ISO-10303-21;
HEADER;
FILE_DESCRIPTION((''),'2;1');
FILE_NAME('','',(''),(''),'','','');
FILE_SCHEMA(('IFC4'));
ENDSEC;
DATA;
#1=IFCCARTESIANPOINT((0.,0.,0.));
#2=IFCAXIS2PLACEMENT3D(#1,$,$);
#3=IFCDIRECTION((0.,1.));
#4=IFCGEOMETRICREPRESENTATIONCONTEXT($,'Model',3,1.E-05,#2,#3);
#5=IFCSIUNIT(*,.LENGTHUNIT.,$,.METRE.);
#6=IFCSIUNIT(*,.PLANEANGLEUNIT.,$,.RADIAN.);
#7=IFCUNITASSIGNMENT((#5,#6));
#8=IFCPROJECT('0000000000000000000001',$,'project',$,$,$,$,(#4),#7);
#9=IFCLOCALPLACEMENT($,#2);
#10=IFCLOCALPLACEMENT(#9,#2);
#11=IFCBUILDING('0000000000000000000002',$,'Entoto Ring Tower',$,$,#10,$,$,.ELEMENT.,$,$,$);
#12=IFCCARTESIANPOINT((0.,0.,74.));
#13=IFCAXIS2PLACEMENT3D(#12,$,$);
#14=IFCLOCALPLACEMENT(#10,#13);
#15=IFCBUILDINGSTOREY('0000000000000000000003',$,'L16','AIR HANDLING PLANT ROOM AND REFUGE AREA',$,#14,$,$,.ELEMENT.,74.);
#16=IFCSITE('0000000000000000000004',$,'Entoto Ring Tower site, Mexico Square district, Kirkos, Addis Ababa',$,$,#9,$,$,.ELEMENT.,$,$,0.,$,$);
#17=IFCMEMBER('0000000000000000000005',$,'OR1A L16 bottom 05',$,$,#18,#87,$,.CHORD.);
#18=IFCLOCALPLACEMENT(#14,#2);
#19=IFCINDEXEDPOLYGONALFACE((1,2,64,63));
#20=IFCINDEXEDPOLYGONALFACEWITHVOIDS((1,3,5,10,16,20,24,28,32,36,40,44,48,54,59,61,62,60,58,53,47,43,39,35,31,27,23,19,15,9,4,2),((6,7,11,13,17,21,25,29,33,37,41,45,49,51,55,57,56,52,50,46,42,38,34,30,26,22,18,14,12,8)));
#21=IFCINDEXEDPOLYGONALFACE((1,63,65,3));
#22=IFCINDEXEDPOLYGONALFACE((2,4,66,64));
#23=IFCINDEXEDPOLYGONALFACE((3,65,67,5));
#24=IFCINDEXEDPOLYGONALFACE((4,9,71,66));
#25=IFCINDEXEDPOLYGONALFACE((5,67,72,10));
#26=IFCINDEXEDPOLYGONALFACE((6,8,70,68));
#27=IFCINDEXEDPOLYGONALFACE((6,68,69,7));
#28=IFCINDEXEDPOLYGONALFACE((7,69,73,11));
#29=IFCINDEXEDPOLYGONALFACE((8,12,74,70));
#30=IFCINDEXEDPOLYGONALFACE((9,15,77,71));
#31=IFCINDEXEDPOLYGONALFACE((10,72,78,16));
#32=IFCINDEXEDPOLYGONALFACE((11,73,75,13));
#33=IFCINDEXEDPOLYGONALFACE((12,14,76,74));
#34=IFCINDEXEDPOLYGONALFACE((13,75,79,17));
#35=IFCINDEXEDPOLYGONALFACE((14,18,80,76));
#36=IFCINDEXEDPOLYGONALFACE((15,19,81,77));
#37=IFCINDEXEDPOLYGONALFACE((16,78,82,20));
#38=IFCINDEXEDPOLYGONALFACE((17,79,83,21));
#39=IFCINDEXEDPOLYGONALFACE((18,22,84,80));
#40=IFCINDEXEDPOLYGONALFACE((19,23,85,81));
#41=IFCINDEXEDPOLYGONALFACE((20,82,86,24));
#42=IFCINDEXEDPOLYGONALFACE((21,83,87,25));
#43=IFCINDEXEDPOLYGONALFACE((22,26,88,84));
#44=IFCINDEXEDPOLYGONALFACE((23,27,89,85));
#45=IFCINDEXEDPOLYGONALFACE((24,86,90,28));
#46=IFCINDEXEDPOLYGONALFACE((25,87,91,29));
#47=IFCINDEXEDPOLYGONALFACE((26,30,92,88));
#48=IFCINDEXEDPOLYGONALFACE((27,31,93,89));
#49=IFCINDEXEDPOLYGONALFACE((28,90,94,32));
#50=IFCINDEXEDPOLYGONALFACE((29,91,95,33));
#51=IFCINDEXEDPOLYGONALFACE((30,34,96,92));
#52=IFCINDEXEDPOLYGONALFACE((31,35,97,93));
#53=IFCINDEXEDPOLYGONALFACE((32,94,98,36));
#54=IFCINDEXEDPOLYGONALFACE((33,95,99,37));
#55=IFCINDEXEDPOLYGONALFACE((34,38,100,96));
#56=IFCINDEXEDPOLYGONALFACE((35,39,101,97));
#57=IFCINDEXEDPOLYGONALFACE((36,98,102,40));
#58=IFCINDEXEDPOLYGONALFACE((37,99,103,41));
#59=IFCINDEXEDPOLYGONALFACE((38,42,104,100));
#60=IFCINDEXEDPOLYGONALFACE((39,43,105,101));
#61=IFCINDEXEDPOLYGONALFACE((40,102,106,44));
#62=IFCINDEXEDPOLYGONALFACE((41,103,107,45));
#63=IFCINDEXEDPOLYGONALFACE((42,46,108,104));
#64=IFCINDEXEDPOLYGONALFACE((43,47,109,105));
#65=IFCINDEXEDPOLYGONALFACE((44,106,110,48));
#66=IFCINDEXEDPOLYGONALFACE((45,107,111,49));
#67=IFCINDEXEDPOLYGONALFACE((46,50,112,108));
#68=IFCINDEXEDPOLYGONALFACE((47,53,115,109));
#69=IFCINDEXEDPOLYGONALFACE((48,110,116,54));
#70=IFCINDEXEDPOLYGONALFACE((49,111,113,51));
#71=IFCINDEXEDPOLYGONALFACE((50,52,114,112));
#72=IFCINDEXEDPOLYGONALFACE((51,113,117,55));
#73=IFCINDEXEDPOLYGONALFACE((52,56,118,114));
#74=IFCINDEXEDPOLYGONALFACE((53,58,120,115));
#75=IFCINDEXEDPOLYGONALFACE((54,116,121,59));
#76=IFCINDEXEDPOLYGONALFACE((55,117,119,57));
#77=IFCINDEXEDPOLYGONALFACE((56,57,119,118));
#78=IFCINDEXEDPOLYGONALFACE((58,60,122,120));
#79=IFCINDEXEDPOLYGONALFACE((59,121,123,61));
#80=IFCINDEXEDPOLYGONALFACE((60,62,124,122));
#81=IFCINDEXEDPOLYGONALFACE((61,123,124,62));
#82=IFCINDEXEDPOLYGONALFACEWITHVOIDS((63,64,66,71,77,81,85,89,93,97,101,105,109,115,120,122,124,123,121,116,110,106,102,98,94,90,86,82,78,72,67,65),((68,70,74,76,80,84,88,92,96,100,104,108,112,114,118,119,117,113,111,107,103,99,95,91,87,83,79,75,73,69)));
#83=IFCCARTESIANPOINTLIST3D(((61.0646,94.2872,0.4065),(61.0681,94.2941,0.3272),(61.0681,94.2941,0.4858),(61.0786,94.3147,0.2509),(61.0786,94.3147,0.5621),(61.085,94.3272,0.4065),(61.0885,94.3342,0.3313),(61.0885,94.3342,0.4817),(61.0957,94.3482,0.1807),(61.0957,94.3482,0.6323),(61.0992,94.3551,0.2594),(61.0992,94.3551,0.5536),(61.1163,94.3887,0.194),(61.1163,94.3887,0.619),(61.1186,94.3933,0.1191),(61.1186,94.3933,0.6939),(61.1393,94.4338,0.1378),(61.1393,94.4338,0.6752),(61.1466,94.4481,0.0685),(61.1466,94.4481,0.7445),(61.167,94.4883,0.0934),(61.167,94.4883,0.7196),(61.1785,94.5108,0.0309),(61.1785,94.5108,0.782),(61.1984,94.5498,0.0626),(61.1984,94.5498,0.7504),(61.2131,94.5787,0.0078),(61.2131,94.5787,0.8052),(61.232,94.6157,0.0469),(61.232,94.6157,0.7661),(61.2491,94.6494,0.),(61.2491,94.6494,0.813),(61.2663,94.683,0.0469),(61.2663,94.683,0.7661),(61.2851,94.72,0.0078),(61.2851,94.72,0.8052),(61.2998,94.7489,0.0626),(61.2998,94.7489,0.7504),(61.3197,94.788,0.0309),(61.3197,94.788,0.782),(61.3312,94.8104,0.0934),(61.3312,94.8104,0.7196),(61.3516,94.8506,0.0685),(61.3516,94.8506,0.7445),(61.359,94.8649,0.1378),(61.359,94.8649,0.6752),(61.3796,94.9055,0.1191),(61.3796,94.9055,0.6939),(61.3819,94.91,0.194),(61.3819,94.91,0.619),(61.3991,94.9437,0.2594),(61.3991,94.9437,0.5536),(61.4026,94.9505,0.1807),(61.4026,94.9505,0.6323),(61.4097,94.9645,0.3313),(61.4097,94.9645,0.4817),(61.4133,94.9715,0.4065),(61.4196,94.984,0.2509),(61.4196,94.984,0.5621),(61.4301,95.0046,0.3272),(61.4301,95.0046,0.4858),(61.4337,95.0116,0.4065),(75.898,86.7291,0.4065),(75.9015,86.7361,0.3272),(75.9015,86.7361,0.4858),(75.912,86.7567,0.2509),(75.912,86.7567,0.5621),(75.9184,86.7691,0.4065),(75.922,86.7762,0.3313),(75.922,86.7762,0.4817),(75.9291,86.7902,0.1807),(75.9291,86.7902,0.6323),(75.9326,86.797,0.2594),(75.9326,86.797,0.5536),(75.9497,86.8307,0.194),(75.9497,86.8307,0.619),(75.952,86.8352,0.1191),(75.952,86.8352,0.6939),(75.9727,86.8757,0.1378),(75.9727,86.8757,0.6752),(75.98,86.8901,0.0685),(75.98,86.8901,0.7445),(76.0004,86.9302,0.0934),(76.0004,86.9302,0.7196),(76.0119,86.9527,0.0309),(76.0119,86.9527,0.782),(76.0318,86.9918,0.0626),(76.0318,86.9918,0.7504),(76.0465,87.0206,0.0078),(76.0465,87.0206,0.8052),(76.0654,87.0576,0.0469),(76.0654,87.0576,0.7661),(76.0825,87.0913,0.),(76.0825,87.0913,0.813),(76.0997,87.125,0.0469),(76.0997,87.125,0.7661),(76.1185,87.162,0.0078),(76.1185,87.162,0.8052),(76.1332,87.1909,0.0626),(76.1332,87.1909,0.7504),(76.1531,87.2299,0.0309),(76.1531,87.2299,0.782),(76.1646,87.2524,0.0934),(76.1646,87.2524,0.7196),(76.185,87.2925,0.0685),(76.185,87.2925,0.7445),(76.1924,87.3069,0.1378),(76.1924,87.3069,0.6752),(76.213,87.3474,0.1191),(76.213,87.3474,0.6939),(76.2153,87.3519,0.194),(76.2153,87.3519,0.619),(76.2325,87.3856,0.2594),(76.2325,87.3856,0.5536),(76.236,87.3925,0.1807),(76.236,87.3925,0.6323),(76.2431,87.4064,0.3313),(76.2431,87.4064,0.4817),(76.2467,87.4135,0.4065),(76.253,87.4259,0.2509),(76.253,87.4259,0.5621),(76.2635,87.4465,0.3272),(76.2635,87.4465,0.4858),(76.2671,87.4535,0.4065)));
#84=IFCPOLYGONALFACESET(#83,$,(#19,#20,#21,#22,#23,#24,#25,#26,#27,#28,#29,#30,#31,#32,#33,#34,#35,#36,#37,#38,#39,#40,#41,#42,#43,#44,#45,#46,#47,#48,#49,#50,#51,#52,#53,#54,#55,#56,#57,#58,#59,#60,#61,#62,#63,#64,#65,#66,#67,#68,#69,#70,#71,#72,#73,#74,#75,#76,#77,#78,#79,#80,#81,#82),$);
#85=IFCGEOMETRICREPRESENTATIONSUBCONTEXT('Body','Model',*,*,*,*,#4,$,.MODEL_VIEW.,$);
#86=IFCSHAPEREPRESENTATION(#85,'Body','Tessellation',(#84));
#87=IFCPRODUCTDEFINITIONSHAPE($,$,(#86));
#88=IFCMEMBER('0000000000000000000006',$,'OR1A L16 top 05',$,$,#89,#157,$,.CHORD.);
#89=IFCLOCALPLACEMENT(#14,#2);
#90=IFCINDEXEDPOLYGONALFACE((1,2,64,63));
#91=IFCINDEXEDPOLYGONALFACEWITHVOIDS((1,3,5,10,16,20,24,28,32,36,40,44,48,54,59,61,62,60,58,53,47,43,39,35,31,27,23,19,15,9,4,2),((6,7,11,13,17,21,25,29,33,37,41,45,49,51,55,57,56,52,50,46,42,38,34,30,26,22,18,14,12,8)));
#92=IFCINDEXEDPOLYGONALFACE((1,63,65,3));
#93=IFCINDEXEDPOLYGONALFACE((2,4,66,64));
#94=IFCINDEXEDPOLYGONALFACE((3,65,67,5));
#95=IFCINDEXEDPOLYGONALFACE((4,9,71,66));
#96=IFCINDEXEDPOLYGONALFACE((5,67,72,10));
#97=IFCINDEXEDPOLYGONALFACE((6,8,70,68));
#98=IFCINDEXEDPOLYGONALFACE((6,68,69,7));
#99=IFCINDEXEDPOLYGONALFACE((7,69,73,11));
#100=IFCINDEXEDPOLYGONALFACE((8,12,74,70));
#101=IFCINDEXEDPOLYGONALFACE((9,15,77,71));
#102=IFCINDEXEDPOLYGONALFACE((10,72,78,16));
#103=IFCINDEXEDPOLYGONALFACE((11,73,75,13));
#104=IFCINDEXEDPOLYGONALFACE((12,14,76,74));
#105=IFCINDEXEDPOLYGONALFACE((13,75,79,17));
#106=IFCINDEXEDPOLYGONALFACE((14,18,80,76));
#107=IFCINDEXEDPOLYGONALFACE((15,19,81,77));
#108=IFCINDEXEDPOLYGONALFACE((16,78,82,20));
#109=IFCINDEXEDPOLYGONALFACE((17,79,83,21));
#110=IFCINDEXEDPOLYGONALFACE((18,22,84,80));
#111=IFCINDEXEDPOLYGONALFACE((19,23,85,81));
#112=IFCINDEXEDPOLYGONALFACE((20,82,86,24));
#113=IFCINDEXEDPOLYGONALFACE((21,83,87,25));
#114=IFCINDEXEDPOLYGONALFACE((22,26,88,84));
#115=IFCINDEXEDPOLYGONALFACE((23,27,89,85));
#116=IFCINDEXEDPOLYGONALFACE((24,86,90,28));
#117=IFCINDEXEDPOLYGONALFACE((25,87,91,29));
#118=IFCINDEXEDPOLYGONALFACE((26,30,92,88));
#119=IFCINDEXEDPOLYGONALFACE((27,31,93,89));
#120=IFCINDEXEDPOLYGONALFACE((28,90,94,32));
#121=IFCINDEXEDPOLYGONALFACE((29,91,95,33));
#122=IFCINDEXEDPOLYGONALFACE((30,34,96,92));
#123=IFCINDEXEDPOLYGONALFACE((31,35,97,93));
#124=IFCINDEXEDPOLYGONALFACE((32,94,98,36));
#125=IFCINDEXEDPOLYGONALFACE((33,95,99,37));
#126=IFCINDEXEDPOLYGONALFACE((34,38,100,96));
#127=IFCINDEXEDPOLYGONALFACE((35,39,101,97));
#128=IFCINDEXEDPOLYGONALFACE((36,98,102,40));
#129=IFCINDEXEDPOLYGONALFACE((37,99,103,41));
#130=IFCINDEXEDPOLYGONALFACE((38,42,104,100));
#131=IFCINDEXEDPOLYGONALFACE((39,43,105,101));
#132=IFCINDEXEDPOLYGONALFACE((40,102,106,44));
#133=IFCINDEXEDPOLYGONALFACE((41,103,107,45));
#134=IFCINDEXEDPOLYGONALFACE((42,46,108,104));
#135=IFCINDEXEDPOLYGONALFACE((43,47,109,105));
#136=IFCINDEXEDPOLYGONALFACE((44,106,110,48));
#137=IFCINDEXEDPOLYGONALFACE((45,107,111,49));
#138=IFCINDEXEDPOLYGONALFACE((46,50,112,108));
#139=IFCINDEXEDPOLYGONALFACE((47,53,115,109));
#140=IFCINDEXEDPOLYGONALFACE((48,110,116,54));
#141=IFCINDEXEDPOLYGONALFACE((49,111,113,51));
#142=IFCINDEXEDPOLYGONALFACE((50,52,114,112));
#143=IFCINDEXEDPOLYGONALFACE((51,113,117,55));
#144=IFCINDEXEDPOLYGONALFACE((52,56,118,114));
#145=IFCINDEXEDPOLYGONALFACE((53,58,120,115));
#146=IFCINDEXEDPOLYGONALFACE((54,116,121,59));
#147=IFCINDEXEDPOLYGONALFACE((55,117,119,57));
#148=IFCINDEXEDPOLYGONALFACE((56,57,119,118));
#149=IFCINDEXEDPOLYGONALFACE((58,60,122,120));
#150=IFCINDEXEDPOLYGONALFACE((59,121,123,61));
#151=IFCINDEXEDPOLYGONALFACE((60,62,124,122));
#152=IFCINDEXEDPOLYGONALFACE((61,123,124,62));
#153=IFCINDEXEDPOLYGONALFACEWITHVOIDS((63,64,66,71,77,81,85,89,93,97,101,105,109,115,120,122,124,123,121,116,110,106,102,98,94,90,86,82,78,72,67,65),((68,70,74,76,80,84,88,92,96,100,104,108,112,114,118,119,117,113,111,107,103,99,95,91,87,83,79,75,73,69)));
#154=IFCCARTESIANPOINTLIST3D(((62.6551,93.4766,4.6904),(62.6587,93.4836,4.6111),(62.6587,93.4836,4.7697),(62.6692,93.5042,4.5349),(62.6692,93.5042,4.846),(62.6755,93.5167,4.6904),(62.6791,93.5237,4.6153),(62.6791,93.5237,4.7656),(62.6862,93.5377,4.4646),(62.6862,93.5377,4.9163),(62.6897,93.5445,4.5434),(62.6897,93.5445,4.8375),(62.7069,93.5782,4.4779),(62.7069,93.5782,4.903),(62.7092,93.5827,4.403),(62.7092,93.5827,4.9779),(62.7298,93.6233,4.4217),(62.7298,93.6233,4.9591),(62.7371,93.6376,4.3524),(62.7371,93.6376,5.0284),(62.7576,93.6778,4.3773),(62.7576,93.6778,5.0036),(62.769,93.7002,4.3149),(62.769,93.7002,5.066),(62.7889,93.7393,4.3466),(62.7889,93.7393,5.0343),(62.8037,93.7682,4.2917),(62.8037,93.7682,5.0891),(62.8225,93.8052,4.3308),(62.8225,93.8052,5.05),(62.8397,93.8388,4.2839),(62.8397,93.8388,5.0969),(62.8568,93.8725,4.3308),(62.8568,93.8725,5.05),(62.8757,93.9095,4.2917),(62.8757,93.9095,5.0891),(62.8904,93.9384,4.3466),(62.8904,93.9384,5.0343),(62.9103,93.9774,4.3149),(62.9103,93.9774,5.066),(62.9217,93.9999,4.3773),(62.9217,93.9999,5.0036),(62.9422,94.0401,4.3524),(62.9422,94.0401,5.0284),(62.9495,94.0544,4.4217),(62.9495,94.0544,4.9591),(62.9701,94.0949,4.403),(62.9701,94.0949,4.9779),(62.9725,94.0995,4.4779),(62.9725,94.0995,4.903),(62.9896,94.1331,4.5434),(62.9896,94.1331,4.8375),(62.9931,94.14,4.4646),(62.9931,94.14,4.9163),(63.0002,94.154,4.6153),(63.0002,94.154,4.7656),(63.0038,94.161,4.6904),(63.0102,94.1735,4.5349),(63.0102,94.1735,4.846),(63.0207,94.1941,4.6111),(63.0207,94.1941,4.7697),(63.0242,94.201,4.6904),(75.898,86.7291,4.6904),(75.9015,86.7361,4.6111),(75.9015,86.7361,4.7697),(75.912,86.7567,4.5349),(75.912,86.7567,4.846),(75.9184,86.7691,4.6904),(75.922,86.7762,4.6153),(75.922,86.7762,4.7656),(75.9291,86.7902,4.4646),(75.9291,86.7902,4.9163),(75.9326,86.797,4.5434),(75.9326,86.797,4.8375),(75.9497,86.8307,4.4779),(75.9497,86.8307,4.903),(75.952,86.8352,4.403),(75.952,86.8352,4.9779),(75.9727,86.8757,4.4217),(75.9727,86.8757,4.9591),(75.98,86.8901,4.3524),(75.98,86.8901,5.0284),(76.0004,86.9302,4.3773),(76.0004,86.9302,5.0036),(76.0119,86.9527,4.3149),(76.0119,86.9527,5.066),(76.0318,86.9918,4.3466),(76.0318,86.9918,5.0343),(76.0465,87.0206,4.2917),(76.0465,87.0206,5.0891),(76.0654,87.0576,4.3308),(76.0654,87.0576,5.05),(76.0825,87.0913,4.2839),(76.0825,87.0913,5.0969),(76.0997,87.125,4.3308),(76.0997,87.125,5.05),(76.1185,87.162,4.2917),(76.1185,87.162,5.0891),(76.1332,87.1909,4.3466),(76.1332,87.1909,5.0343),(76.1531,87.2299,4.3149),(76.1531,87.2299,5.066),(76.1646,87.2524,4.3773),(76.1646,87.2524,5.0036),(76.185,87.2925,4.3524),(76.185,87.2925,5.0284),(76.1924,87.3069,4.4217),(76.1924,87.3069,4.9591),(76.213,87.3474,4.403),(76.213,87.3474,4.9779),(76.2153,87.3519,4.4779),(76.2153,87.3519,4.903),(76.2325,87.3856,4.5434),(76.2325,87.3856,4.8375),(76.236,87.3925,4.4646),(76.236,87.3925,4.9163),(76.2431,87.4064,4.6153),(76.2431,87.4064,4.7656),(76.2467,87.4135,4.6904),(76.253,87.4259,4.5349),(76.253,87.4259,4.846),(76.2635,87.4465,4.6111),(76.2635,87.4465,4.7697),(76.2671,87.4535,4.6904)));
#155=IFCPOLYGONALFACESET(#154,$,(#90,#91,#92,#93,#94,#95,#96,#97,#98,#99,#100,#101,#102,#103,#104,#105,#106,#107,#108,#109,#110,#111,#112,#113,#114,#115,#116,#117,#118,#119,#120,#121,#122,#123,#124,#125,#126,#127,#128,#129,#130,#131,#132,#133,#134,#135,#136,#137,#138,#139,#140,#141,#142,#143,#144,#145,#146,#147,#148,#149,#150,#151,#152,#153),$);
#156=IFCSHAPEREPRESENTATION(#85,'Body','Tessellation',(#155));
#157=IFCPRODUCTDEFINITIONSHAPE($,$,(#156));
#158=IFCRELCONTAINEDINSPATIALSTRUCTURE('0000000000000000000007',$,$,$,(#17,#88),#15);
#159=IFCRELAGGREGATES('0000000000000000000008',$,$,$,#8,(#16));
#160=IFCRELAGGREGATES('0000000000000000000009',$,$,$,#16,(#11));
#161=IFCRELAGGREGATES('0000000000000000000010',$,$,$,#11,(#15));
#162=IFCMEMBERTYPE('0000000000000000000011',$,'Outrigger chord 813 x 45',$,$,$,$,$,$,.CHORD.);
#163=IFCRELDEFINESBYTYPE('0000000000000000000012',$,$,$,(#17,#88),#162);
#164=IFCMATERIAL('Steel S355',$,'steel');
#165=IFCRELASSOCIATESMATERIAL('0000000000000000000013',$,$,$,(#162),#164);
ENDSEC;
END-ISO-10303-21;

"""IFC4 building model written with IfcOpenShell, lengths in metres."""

from ifc_helpers import new_model, si_unit, direction, frame, origin, origin_2d, place, context, subcontext, project, spatial, circle, hollow_circle, extrude, material, material_profile, profile_set, type_object, element, save


model = new_model("IFC4")

# Units and contexts
model_context = context("Model", 3, precision=1e-05, world=origin(), true_north=direction((0.0, 1.0)))
body_context = subcontext(model_context, "Body", "Model", "MODEL_VIEW")
ifc_project = project(units=[si_unit("LENGTHUNIT", "METRE"), si_unit("PLANEANGLEUNIT", "RADIAN")], contexts=[model_context])

# Site, building, storey
site_placement = place(None, origin())
site = spatial("IfcSite", under=ifc_project, at=site_placement, Name="Entoto Ring Tower site, Mexico Square district, Kirkos, Addis Ababa", CompositionType="ELEMENT", RefElevation=0.0)
building_placement = place(site_placement, origin())
building = spatial("IfcBuilding", under=site, at=building_placement, Name="Entoto Ring Tower", CompositionType="ELEMENT")
storey_placement = place(building_placement, frame((0.0, 0.0, 74.0)))
storey = spatial("IfcBuildingStorey", under=building, at=storey_placement, Name="L16", Description="AIR HANDLING PLANT ROOM AND REFUGE AREA", CompositionType="ELEMENT", Elevation=74.0)

# Members
ifc_material_1 = material(Name="Steel S355", Category="steel")
ifc_material_profile_1 = material_profile(ifc_material_1, hollow_circle(Radius=0.4065, WallThickness=0.0449, at=origin_2d()), Name="CHS 813 x 45")
ifc_material_2 = material(Name="Concrete C60/75", Category="concrete")
ifc_material_profile_2 = material_profile(ifc_material_2, circle(Radius=0.3616, at=origin_2d()), Name="Concrete C60/75 infill")
ifc_profile_set_1 = profile_set([ifc_material_profile_1, ifc_material_profile_2], Name="Steel S355")
member_type_1 = type_object("IfcMemberType", Name="Outrigger chord 813 x 45", PredefinedType="CHORD", material=ifc_profile_set_1)
member_1_placement = place(storey_placement, frame((76.0825, 87.0913, 0.4065), z_axis=(-0.891005, 0.453993, 0.0), x_axis=(-0.453993, -0.891005, 0.0)))
element("IfcMember", 1, at=member_1_placement, inside=storey, type_object=member_type_1, Name="OR1A L16 bottom 05", PredefinedType="CHORD", context=body_context, shape_type="SweptSolid", body=[
    extrude(hollow_circle(Radius=0.4065, WallThickness=0.0449, at=origin_2d()), origin(), (0.0, 0.0, 1.0), 16.6479),
])
member_2_placement = place(storey_placement, frame((76.0825, 87.0913, 4.6904), z_axis=(-0.891008, 0.453988, 0.0), x_axis=(-0.453988, -0.891008, 0.0)))
element("IfcMember", 2, at=member_2_placement, inside=storey, type_object=member_type_1, Name="OR1A L16 top 05", PredefinedType="CHORD", context=body_context, shape_type="SweptSolid", body=[
    extrude(hollow_circle(Radius=0.4065, WallThickness=0.0449, at=origin_2d()), origin(), (0.0, 0.0, 1.0), 14.8628),
])

save(model, "model.ifc")
